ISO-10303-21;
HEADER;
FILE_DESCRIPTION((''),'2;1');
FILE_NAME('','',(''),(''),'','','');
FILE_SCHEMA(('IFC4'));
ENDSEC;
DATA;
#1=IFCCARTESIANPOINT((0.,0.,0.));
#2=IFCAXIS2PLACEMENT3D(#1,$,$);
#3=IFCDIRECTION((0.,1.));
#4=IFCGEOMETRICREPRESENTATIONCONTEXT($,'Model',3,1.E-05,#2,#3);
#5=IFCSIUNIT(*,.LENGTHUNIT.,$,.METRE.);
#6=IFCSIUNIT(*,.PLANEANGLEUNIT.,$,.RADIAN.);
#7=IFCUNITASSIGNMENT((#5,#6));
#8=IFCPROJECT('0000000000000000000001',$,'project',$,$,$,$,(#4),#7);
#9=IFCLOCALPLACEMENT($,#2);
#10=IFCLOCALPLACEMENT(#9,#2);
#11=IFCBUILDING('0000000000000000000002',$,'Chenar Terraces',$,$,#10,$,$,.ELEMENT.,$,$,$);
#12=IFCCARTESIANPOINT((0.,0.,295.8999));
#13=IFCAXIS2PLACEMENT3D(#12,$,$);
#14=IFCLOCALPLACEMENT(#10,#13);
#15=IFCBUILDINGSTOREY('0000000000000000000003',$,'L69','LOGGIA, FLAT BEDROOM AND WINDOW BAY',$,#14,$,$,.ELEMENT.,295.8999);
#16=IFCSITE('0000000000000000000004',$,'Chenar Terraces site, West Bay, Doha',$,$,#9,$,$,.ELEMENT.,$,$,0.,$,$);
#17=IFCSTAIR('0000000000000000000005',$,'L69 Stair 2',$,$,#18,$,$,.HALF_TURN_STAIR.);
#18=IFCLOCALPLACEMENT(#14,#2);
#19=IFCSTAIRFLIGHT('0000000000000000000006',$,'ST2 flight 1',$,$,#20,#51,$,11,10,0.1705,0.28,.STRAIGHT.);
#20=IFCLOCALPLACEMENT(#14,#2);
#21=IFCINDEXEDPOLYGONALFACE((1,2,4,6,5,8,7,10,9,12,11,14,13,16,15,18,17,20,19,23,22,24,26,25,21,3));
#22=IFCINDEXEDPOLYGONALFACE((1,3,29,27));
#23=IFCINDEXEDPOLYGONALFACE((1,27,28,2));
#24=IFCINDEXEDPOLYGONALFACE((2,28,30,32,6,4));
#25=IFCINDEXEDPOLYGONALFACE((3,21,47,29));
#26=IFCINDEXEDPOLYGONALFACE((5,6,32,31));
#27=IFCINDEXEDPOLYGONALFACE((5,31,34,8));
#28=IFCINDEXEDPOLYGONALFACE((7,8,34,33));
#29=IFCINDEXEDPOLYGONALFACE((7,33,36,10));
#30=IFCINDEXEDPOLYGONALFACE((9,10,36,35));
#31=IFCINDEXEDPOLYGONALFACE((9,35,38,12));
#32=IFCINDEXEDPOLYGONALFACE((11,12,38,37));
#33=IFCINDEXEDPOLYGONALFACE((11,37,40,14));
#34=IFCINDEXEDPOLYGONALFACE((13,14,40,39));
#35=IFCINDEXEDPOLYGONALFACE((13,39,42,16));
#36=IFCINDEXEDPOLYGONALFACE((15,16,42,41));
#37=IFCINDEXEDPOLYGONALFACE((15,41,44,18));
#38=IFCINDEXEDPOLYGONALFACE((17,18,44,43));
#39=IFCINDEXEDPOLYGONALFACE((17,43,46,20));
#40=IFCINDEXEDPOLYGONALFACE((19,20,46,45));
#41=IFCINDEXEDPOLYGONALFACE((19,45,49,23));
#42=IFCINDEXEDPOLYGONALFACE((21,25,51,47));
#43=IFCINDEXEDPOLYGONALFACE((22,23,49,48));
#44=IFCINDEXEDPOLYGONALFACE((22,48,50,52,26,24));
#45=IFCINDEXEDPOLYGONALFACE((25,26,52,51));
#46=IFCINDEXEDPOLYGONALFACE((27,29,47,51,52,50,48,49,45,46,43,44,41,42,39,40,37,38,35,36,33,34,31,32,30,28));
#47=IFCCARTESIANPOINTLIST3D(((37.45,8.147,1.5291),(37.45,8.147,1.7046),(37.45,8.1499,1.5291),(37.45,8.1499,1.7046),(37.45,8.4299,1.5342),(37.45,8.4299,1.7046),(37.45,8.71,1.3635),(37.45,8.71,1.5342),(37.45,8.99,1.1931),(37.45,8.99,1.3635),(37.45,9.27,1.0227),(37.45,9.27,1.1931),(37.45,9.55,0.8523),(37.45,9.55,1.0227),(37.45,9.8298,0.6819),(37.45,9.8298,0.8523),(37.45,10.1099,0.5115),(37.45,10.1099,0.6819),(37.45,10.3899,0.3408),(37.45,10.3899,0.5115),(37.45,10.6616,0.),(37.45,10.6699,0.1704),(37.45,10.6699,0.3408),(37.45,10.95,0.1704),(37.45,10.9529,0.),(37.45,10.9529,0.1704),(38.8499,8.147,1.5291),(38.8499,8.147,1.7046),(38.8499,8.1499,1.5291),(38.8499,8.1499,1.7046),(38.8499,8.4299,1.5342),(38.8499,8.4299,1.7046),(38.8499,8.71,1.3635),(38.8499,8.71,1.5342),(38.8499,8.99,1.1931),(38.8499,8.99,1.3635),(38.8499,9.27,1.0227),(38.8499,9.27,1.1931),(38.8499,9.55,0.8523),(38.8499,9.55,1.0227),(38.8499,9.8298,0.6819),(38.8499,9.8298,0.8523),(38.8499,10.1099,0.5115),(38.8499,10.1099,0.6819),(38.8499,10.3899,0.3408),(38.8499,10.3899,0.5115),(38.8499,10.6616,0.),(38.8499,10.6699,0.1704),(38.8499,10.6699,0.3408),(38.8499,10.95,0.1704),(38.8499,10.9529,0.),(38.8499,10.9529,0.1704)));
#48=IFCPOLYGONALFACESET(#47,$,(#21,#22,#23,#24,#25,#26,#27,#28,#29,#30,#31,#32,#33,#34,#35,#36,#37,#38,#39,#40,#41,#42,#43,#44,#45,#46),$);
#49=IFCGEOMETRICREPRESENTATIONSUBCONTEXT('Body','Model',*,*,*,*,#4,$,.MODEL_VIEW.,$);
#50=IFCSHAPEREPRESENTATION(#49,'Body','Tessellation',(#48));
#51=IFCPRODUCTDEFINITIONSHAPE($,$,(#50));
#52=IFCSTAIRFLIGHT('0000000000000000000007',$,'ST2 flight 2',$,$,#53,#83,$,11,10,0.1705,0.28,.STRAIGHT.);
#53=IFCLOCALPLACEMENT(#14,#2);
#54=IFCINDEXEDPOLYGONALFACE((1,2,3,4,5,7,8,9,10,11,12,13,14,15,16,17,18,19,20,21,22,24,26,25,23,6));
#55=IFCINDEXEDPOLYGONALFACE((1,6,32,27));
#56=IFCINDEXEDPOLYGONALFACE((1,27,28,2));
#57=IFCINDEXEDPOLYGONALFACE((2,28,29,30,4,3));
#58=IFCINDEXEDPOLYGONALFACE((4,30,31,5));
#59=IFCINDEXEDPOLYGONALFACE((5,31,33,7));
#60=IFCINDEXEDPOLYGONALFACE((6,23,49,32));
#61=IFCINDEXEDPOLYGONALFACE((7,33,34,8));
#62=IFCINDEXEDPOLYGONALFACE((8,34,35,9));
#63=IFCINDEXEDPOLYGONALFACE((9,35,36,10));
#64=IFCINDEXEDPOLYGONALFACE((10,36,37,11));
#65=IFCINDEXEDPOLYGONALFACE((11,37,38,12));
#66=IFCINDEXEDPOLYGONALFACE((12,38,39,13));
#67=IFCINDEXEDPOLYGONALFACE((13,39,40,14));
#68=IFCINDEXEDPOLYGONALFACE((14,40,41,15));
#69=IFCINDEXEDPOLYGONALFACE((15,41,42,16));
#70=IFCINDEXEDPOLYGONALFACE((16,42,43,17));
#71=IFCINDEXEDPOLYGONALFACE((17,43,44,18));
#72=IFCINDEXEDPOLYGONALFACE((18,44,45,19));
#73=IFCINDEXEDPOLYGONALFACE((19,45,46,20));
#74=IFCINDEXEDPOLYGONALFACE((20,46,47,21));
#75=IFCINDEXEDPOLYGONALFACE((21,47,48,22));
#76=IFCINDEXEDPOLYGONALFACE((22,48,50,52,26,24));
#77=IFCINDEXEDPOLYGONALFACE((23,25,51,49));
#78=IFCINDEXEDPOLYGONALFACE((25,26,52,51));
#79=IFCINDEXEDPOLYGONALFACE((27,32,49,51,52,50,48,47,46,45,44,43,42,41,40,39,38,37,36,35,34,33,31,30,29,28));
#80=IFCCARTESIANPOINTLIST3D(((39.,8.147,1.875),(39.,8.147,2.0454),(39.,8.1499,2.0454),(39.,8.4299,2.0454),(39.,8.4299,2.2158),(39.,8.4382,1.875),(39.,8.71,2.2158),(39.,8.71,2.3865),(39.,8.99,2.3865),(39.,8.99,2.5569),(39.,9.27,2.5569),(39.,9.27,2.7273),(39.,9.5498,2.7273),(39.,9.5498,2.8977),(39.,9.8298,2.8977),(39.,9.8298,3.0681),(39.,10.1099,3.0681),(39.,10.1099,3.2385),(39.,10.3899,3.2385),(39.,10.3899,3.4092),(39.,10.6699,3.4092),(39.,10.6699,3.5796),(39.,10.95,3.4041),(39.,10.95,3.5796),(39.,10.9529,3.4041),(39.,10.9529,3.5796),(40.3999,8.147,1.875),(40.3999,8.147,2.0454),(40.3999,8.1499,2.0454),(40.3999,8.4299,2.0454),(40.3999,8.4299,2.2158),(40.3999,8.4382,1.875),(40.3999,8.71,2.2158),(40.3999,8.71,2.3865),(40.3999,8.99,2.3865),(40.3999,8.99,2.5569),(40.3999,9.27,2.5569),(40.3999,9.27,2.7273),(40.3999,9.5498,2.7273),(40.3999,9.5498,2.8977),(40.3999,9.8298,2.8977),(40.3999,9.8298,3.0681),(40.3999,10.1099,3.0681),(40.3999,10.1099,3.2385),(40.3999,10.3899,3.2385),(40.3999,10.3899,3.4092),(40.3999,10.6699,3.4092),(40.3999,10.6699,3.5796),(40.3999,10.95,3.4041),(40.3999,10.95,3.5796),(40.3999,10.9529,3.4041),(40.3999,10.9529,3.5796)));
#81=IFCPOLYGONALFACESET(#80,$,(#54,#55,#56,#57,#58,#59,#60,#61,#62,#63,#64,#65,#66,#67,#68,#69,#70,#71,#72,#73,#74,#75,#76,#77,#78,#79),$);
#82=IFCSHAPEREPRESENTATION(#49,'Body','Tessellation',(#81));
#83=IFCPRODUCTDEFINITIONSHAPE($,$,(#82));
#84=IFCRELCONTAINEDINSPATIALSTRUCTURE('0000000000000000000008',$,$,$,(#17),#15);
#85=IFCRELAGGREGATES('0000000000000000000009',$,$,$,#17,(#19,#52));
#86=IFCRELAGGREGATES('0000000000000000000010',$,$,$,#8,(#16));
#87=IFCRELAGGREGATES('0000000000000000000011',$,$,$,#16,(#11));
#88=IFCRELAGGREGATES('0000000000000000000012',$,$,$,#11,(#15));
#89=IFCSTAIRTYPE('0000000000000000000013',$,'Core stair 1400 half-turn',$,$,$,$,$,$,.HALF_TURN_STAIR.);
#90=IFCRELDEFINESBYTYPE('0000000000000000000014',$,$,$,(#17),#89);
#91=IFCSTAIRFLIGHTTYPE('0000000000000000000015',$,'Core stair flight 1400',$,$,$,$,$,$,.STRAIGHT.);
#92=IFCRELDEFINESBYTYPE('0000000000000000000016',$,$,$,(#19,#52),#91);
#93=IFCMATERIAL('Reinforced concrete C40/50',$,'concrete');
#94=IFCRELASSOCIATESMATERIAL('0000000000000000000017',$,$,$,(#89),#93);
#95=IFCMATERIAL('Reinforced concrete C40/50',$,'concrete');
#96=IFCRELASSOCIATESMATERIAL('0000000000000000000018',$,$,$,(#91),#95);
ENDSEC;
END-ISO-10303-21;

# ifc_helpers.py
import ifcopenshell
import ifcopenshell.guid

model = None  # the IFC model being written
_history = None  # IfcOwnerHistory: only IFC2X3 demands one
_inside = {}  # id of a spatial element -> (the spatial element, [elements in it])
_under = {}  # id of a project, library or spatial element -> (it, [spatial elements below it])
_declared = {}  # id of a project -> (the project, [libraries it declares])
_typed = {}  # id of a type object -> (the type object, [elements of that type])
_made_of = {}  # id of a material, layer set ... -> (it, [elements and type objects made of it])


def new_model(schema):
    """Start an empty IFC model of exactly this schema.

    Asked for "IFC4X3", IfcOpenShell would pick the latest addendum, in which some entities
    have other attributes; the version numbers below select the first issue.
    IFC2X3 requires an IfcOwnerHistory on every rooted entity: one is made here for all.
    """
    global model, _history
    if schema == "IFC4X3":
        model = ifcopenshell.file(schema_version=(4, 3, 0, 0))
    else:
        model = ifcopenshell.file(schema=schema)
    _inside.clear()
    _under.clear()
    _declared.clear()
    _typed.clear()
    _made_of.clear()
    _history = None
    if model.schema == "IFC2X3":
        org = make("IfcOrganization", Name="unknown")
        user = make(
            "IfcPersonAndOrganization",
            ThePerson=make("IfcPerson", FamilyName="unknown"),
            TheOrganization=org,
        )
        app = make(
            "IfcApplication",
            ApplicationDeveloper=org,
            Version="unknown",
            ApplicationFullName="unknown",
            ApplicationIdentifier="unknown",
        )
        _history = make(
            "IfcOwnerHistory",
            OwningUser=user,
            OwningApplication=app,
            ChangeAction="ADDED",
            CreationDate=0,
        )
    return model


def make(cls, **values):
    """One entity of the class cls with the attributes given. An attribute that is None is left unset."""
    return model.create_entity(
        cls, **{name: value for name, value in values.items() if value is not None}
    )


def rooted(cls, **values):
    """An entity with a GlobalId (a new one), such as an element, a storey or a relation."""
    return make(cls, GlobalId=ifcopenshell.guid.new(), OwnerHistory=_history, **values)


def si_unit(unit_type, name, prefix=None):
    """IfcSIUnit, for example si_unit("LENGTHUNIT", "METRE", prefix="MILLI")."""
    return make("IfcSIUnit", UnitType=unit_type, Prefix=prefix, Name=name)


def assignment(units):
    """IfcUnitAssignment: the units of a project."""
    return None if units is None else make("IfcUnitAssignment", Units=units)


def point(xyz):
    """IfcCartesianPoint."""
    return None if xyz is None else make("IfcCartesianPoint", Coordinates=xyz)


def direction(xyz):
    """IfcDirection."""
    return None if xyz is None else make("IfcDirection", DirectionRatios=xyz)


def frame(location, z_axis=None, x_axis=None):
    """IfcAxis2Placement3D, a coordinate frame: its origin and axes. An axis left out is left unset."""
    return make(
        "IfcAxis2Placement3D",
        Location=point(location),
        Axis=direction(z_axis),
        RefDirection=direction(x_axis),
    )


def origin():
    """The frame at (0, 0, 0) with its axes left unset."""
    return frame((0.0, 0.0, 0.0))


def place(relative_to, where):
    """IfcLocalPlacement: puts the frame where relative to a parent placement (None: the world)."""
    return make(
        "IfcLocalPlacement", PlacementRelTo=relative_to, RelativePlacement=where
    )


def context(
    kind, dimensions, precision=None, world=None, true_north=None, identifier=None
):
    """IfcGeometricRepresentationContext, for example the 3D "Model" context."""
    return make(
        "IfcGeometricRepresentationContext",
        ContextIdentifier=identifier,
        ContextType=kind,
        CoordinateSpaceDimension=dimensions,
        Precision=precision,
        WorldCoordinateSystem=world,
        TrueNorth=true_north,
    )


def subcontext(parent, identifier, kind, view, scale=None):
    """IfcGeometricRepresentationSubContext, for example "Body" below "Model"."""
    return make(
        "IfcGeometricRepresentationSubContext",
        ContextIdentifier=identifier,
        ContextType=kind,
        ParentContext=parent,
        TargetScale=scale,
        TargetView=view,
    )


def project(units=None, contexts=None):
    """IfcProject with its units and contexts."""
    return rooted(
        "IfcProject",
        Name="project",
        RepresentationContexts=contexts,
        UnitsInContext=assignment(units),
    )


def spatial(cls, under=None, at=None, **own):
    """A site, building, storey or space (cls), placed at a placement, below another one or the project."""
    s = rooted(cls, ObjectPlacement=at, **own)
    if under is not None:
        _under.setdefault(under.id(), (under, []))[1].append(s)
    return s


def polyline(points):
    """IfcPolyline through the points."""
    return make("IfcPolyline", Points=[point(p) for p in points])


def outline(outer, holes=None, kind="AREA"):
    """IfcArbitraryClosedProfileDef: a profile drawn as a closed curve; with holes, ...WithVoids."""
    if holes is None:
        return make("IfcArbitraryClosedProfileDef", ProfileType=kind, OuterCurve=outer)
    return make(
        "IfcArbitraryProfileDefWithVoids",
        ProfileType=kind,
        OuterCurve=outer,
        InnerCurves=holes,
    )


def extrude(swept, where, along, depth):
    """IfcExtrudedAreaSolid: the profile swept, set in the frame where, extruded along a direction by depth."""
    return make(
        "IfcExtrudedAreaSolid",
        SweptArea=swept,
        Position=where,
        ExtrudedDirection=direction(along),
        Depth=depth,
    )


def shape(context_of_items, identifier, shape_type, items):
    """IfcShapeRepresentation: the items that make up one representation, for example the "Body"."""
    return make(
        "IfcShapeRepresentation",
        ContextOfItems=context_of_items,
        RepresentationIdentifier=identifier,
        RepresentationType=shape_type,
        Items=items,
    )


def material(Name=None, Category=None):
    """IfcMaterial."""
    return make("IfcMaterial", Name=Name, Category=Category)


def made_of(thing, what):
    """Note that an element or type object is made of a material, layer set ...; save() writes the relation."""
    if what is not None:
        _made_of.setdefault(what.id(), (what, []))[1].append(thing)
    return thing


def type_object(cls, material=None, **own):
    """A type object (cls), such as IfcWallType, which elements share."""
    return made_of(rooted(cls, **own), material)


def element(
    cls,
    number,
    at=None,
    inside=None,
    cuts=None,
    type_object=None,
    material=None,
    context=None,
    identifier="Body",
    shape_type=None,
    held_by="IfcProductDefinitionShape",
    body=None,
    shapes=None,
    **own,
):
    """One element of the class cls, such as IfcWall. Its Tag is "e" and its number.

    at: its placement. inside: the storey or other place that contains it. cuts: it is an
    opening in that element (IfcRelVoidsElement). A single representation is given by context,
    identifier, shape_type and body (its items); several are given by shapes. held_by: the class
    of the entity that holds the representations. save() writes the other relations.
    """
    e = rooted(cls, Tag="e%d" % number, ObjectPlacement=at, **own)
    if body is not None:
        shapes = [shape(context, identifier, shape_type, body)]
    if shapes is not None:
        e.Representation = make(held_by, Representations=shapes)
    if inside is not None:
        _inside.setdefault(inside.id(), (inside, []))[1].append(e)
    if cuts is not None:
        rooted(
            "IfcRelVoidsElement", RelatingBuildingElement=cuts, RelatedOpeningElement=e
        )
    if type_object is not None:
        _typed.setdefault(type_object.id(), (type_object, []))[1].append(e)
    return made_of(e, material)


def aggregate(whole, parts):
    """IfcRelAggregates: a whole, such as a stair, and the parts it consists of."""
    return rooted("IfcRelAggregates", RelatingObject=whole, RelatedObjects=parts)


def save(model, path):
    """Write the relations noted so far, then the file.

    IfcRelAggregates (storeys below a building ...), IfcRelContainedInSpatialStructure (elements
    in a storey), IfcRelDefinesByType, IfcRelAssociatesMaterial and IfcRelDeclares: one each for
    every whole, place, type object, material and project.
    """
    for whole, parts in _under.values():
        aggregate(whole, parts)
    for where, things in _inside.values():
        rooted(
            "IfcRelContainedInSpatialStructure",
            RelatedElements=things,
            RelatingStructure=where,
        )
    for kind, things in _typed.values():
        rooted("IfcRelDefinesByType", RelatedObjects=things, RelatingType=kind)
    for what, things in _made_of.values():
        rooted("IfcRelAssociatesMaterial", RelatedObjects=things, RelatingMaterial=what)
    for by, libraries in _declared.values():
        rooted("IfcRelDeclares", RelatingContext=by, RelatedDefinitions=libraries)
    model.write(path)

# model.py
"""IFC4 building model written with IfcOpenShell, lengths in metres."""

from ifc_helpers import new_model, si_unit, direction, frame, origin, place, context, subcontext, project, spatial, polyline, outline, extrude, material, type_object, element, aggregate, save


model = new_model("IFC4")

# Units and contexts
model_context = context("Model", 3, precision=1e-05, world=origin(), true_north=direction((0.0, 1.0)))
body_context = subcontext(model_context, "Body", "Model", "MODEL_VIEW")
ifc_project = project(units=[si_unit("LENGTHUNIT", "METRE"), si_unit("PLANEANGLEUNIT", "RADIAN")], contexts=[model_context])

# Site, building, storey
site_placement = place(None, origin())
site = spatial("IfcSite", under=ifc_project, at=site_placement, Name="Chenar Terraces site, West Bay, Doha", CompositionType="ELEMENT", RefElevation=0.0)
building_placement = place(site_placement, origin())
building = spatial("IfcBuilding", under=site, at=building_placement, Name="Chenar Terraces", CompositionType="ELEMENT")
storey_placement = place(building_placement, frame((0.0, 0.0, 295.8999)))
storey = spatial("IfcBuildingStorey", under=building, at=storey_placement, Name="L69", Description="LOGGIA, FLAT BEDROOM AND WINDOW BAY", CompositionType="ELEMENT", Elevation=295.8999)

# Stair, stair flights
ifc_material_1 = material(Name="Reinforced concrete C40/50", Category="concrete")
stair_type = type_object("IfcStairType", Name="Core stair 1400 half-turn", PredefinedType="HALF_TURN_STAIR", material=ifc_material_1)
stair_placement = place(storey_placement, origin())
stair = element("IfcStair", 1, at=stair_placement, inside=storey, type_object=stair_type, Name="L69 Stair 2", PredefinedType="HALF_TURN_STAIR")
ifc_material_2 = material(Name="Reinforced concrete C40/50", Category="concrete")
stair_flight_type = type_object("IfcStairFlightType", Name="Core stair flight 1400", PredefinedType="STRAIGHT", material=ifc_material_2)
stair_flight_1_placement = place(storey_placement, frame((38.1499, 10.95, 0.0), z_axis=(0.0, 0.0, 1.0), x_axis=(0.0, -1.0, 0.0)))
stair_flight_1 = element("IfcStairFlight", 2, at=stair_flight_1_placement, type_object=stair_flight_type, Name="ST2 flight 1", NumberOfRisers=11, NumberOfTreads=10, PredefinedType="STRAIGHT", RiserHeight=0.1705, TreadLength=0.28, context=body_context, shape_type="SweptSolid", body=[
    extrude(outline(polyline([(-0.0029, 0.0), (-0.0029, 0.1704), (0.0, 0.1704), (0.28, 0.1704), (0.28, 0.3408), (0.5601, 0.3408), (0.5601, 0.5115), (0.8401, 0.5115), (0.8401, 0.6819), (1.1201, 0.6819), (1.1201, 0.8523), (1.3999, 0.8523), (1.3999, 1.0227), (1.6799, 1.0227), (1.6799, 1.1931), (1.96, 1.1931), (1.96, 1.3635), (2.24, 1.3635), (2.24, 1.5342), (2.52, 1.5342), (2.52, 1.7046), (2.8, 1.7046), (2.803, 1.7046), (2.803, 1.5291), (2.8, 1.5291), (0.2883, 0.0), (-0.0029, 0.0)])), frame((0.0, 0.7, 0.0), z_axis=(0.0, -1.0, 0.0), x_axis=(1.0, 0.0, 0.0)), (0.0, 0.0, 1.0), 1.3999),
])
stair_flight_2_placement = place(storey_placement, frame((39.7, 8.1499, 1.875), z_axis=(0.0, 0.0, 1.0), x_axis=(0.0, 1.0, 0.0)))
stair_flight_2 = element("IfcStairFlight", 3, at=stair_flight_2_placement, type_object=stair_flight_type, Name="ST2 flight 2", NumberOfRisers=11, NumberOfTreads=10, PredefinedType="STRAIGHT", RiserHeight=0.1705, TreadLength=0.28, context=body_context, shape_type="SweptSolid", body=[
    extrude(outline(polyline([(-0.0029, 0.0), (-0.0029, 0.1704), (0.0, 0.1704), (0.28, 0.1704), (0.28, 0.3408), (0.5601, 0.3408), (0.5601, 0.5115), (0.8401, 0.5115), (0.8401, 0.6819), (1.1201, 0.6819), (1.1201, 0.8523), (1.3999, 0.8523), (1.3999, 1.0227), (1.6799, 1.0227), (1.6799, 1.1931), (1.96, 1.1931), (1.96, 1.3635), (2.24, 1.3635), (2.24, 1.5342), (2.52, 1.5342), (2.52, 1.7046), (2.8, 1.7046), (2.803, 1.7046), (2.803, 1.5291), (2.8, 1.5291), (0.2883, 0.0), (-0.0029, 0.0)])), frame((0.0, 0.7, 0.0), z_axis=(0.0, -1.0, 0.0), x_axis=(1.0, 0.0, 0.0)), (0.0, 0.0, 1.0), 1.3999),
])
aggregate(stair, [stair_flight_1, stair_flight_2])

save(model, "model.ifc")
